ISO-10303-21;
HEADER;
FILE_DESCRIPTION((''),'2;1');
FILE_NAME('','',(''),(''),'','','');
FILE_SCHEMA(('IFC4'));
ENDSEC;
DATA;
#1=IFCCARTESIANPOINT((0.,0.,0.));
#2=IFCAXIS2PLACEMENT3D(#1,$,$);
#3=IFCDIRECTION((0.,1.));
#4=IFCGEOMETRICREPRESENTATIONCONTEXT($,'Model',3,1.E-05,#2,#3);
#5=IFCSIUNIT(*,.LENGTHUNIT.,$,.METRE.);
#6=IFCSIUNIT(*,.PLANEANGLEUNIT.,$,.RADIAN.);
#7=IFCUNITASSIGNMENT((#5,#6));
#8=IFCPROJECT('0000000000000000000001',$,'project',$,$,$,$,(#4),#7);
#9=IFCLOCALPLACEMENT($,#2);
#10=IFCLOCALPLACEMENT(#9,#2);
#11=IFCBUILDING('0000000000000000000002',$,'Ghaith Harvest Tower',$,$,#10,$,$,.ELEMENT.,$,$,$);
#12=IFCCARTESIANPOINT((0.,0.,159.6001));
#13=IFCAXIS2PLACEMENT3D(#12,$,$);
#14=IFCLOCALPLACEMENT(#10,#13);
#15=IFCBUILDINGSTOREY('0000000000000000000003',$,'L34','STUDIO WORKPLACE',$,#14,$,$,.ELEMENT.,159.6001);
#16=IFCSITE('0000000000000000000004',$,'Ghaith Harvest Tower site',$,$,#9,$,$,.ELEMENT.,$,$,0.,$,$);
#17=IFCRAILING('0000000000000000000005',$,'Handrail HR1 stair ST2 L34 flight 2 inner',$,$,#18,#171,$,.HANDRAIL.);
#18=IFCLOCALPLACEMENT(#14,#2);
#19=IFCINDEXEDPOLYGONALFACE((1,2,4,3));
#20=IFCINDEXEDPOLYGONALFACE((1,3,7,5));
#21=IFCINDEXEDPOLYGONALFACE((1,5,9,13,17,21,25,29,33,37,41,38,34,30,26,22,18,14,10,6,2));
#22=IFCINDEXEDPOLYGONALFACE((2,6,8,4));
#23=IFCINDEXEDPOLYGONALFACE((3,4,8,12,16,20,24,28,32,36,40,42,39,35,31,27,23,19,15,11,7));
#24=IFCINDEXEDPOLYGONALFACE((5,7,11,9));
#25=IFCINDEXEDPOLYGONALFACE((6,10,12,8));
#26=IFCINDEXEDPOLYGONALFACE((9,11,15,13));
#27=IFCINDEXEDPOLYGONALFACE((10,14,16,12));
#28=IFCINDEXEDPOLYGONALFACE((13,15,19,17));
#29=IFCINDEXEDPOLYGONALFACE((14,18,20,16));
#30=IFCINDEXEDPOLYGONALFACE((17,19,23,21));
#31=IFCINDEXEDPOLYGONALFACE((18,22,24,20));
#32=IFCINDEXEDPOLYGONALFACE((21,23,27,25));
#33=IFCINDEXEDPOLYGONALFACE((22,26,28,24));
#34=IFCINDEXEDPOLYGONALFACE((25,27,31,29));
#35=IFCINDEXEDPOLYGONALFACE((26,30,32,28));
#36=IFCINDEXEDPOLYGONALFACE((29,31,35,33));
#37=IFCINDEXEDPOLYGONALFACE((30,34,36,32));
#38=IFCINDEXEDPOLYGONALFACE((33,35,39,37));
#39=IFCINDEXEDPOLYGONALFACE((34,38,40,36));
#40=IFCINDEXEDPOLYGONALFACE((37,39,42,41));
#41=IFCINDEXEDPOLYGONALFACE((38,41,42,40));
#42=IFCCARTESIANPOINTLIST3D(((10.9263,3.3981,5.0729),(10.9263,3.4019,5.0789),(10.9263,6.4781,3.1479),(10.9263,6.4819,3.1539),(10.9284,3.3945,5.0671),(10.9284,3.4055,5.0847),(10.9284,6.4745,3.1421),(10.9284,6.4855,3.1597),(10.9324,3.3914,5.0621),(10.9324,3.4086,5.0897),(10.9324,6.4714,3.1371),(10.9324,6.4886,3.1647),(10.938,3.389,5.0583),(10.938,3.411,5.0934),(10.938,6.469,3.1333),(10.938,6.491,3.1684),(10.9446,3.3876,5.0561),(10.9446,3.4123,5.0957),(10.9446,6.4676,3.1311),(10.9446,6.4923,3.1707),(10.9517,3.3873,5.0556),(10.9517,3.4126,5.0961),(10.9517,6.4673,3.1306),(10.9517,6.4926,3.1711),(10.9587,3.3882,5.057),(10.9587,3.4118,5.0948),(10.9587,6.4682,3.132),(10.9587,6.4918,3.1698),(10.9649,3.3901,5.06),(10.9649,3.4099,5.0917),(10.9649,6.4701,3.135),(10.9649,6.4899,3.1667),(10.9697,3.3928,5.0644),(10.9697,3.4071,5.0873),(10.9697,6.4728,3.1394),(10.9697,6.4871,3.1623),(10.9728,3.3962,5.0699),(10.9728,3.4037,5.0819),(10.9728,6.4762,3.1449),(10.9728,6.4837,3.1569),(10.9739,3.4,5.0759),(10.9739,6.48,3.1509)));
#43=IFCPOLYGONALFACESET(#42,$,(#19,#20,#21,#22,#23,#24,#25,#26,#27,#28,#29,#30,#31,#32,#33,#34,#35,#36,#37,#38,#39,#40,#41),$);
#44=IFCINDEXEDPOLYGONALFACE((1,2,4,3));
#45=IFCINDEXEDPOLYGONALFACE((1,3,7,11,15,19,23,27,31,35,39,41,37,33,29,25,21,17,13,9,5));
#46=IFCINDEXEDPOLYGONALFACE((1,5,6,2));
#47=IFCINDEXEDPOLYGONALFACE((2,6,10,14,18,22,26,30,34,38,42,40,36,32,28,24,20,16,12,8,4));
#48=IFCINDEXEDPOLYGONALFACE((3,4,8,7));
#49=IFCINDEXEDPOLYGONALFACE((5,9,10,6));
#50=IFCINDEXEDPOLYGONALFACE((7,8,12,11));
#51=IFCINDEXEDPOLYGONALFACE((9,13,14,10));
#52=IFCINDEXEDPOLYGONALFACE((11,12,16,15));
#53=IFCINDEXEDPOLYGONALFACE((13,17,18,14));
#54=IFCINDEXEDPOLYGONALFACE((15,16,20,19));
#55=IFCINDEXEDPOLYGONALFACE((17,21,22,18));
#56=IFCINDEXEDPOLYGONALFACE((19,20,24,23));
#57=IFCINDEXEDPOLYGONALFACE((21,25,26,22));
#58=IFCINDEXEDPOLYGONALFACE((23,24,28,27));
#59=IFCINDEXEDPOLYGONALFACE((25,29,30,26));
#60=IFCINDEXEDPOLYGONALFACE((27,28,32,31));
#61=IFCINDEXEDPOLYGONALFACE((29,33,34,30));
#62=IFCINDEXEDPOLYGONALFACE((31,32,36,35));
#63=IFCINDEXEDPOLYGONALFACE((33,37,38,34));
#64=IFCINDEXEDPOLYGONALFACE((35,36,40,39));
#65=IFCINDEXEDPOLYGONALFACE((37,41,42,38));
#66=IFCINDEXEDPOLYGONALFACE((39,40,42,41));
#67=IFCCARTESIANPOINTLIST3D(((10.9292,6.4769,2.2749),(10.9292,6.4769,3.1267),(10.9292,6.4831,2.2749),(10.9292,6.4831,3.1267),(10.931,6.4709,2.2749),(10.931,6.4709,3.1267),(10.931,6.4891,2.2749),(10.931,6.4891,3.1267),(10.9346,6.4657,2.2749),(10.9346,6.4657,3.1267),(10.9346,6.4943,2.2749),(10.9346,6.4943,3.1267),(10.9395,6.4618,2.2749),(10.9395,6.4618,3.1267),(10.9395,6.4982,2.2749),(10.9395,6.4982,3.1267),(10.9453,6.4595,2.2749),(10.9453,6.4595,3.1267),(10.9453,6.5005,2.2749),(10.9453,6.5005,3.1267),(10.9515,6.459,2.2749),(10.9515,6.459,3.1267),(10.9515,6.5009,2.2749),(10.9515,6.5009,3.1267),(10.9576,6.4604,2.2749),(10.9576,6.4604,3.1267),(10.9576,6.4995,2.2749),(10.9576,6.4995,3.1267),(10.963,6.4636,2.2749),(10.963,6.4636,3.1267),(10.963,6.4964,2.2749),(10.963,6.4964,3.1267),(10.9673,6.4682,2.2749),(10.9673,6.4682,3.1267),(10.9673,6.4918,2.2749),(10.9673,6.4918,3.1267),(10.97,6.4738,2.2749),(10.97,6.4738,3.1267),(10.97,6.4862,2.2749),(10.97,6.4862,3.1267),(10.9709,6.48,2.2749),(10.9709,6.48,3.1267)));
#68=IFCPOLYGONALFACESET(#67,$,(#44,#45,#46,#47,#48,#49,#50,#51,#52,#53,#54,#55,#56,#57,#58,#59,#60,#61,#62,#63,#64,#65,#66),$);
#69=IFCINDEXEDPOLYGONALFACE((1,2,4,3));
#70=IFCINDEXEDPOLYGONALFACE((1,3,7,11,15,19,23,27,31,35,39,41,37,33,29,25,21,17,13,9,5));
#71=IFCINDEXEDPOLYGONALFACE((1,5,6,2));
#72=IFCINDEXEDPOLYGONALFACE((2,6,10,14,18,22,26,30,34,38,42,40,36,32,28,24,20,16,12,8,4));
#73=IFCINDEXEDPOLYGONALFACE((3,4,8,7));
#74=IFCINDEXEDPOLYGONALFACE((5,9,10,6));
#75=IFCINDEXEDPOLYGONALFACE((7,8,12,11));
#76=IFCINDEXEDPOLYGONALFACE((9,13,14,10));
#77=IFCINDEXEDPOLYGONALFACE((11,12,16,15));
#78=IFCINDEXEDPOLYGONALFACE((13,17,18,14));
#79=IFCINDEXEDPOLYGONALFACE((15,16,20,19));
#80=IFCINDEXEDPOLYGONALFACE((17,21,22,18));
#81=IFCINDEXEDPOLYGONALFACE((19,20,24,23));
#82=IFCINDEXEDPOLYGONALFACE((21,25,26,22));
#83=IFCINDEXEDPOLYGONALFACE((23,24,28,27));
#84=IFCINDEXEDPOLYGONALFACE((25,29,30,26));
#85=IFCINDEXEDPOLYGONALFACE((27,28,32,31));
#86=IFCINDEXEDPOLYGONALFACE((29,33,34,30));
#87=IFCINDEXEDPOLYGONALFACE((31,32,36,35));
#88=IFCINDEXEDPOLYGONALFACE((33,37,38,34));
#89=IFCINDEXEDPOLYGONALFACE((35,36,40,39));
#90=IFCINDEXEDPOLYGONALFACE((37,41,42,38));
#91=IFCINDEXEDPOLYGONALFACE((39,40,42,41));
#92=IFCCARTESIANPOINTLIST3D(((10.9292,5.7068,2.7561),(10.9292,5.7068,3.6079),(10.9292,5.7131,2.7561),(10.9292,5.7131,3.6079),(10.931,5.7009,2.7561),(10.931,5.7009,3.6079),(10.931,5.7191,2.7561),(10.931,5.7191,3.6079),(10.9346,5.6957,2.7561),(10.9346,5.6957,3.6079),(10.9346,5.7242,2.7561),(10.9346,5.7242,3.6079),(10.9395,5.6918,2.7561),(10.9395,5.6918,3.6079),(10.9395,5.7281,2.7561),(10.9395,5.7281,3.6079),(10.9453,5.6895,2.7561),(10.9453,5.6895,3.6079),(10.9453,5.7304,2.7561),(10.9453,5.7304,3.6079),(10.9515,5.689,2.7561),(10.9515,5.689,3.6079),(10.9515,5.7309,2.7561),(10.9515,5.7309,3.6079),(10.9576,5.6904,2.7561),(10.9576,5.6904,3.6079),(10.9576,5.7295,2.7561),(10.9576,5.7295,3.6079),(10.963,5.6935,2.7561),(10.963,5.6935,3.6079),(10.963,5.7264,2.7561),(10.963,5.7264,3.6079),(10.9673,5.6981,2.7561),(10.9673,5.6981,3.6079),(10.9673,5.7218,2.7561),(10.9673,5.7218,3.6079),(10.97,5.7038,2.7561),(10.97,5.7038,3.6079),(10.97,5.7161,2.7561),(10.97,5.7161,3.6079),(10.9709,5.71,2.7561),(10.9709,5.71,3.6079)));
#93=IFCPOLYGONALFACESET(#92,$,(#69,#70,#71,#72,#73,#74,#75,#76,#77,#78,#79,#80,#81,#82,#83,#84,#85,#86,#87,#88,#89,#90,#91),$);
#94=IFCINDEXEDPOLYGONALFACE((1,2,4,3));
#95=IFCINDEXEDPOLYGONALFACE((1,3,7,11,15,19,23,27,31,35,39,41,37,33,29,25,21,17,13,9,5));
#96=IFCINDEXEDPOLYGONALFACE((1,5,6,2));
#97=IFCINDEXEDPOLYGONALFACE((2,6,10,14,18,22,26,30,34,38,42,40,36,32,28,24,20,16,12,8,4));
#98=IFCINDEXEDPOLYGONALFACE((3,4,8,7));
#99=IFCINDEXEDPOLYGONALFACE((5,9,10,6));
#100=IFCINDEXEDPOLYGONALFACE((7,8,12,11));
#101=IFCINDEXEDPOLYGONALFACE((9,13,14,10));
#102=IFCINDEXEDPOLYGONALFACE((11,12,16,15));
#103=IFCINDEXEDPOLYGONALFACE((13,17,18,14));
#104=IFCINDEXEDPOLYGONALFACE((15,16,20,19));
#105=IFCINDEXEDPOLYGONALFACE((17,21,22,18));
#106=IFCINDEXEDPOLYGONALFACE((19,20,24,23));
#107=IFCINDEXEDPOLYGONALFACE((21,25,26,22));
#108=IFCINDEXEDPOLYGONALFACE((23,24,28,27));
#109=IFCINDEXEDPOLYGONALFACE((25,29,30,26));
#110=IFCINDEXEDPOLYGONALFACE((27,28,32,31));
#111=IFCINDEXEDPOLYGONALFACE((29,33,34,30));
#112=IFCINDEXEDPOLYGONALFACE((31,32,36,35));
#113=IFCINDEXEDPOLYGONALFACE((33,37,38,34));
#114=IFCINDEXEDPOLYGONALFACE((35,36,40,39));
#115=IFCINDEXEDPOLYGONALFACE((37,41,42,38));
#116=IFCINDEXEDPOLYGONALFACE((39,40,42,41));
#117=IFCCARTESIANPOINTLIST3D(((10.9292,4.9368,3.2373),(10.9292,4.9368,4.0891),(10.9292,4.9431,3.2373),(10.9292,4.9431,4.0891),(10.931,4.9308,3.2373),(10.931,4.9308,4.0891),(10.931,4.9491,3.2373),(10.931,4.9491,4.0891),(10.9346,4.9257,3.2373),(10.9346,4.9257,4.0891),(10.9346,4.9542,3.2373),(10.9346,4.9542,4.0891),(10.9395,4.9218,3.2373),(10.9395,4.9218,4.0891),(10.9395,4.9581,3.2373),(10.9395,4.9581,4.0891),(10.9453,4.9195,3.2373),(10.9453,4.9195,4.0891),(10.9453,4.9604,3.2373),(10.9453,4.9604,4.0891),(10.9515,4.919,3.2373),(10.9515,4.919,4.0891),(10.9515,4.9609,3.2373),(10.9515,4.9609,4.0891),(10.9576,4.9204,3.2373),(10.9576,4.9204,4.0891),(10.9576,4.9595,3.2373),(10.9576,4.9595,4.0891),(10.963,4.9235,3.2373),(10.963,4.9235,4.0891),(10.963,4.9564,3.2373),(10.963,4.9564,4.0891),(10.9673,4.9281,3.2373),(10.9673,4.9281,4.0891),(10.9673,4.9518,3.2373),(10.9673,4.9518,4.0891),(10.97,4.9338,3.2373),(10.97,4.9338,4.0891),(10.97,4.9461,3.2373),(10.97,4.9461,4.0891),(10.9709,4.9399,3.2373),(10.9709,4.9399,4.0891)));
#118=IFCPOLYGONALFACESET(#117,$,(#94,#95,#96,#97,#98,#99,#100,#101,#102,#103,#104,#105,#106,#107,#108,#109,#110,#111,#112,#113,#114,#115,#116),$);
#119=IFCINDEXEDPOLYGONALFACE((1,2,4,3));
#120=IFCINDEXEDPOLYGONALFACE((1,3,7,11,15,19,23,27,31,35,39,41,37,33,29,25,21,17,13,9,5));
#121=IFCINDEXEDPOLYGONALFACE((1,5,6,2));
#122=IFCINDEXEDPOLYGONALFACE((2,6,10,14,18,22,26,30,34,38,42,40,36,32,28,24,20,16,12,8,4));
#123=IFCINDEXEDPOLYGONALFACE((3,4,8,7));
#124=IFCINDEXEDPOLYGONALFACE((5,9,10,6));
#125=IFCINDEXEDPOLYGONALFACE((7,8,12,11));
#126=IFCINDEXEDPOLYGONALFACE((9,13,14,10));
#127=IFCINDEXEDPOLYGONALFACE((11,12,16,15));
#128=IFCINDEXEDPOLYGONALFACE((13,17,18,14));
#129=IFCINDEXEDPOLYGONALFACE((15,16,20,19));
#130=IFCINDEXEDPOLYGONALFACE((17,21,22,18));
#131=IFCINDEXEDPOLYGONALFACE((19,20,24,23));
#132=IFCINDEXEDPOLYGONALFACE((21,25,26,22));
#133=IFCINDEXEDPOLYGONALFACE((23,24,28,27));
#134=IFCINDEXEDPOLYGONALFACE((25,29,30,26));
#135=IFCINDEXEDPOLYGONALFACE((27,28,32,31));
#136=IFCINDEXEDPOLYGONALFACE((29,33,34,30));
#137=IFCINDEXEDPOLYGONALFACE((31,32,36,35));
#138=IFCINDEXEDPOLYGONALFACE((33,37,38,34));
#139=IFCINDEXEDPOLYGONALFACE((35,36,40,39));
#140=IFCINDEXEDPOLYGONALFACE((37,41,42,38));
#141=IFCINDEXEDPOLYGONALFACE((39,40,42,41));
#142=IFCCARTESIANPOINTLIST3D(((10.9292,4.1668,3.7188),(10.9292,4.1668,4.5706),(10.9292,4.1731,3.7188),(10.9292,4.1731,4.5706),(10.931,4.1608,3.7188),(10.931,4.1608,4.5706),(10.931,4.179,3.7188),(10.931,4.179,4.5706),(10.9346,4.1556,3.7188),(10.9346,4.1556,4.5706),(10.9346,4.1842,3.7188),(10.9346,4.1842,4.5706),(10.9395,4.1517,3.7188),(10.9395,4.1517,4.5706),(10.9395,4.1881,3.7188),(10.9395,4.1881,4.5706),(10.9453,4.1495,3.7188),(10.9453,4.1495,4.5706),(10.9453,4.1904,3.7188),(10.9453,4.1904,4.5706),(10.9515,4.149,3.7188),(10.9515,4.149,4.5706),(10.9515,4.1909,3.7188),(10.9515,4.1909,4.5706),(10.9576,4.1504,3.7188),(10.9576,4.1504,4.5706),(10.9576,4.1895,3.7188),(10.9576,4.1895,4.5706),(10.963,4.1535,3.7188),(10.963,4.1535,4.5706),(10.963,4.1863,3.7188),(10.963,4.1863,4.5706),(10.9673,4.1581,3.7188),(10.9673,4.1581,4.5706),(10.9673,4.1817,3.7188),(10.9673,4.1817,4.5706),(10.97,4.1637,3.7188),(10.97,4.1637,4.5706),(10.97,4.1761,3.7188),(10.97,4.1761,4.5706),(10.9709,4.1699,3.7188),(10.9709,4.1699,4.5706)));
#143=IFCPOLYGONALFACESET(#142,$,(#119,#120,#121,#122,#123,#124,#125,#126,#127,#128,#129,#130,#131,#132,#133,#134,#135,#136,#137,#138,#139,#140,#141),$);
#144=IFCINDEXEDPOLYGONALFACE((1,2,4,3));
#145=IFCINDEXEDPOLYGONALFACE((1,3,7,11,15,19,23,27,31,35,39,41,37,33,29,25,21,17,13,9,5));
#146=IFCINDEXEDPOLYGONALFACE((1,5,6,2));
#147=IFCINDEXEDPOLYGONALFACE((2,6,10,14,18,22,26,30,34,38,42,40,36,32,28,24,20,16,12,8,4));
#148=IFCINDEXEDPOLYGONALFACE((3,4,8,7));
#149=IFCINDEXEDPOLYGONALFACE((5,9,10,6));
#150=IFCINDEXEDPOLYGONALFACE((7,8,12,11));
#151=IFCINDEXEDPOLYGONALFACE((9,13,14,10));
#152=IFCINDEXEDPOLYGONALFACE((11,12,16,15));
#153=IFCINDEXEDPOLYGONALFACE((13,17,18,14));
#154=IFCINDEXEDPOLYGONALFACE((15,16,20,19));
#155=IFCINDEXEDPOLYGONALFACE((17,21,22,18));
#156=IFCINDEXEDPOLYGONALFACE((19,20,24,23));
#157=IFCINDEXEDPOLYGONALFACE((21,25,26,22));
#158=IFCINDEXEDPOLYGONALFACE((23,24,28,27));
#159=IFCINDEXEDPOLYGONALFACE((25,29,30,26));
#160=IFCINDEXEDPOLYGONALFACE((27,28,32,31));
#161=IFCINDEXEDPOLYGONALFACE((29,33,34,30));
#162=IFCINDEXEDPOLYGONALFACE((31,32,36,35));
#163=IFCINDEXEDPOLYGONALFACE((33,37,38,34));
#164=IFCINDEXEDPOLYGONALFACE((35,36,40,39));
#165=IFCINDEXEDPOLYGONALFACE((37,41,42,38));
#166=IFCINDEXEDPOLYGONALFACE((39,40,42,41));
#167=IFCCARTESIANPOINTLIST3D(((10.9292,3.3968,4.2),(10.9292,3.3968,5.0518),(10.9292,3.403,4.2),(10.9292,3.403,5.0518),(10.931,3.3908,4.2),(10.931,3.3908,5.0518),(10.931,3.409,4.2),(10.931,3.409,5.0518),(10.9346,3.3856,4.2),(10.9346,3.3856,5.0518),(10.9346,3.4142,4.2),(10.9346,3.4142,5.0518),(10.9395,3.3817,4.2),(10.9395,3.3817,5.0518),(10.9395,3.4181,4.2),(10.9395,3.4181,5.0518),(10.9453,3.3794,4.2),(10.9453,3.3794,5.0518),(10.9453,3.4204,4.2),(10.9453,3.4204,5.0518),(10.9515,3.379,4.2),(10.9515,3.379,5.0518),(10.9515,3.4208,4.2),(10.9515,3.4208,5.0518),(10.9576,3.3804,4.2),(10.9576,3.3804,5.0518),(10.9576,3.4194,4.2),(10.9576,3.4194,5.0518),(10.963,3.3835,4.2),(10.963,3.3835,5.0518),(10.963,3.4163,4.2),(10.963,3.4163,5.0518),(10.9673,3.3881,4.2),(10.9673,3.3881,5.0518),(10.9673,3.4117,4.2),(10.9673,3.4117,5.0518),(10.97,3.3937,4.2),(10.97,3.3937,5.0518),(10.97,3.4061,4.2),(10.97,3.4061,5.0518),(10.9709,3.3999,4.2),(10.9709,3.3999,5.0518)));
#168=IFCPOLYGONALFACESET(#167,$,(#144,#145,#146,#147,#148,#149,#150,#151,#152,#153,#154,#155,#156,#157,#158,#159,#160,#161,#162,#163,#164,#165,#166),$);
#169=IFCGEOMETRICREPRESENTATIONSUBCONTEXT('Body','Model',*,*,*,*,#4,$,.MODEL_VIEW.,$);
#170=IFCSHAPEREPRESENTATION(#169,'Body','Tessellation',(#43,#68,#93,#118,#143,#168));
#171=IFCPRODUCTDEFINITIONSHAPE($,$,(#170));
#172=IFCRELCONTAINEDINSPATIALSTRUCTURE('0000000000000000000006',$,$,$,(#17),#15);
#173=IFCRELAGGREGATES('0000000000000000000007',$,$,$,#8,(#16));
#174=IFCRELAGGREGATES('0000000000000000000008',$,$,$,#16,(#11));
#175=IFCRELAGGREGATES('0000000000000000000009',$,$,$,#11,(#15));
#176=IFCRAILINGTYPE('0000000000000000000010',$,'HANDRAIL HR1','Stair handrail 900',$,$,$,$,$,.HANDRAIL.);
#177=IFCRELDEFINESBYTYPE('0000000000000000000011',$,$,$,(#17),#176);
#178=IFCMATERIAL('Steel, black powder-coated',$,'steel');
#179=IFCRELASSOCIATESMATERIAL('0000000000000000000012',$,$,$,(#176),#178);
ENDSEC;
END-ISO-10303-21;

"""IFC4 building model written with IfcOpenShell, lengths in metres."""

from ifc_helpers import new_model, si_unit, direction, frame, origin, origin_2d, place, context, subcontext, project, spatial, circle, extrude, material, type_object, element, save


model = new_model("IFC4")

# Units and contexts
model_context = context("Model", 3, precision=1e-05, world=origin(), true_north=direction((0.0, 1.0)))
body_context = subcontext(model_context, "Body", "Model", "MODEL_VIEW")
ifc_project = project(units=[si_unit("LENGTHUNIT", "METRE"), si_unit("PLANEANGLEUNIT", "RADIAN")], contexts=[model_context])

# Site, building, storey
site_placement = place(None, origin())
site = spatial("IfcSite", under=ifc_project, at=site_placement, Name="Ghaith Harvest Tower site", CompositionType="ELEMENT", RefElevation=0.0)
building_placement = place(site_placement, origin())
building = spatial("IfcBuilding", under=site, at=building_placement, Name="Ghaith Harvest Tower", CompositionType="ELEMENT")
storey_placement = place(building_placement, frame((0.0, 0.0, 159.6001)))
storey = spatial("IfcBuildingStorey", under=building, at=storey_placement, Name="L34", Description="STUDIO WORKPLACE", CompositionType="ELEMENT", Elevation=159.6001)

# Railing
ifc_material_1 = material(Name="Steel, black powder-coated", Category="steel")
railing_type = type_object("IfcRailingType", Name="HANDRAIL HR1", Description="Stair handrail 900", PredefinedType="HANDRAIL", material=ifc_material_1)
railing_1_placement = place(storey_placement, frame((10.95, 6.48, 2.2749)))
element("IfcRailing", 1, at=railing_1_placement, inside=storey, type_object=railing_type, Name="Handrail HR1 stair ST2 L34 flight 2 inner", PredefinedType="HANDRAIL", context=body_context, shape_type="SweptSolid", body=[
    extrude(circle(Radius=0.0239, at=origin_2d()), frame((0.0, 0.0, 0.876), z_axis=(0.0, -0.847998, 0.529999), x_axis=(1.0, 0.0, 0.0)), (0.0, 0.0, 1.0), 3.6321),
    extrude(circle(Radius=0.021, at=origin_2d()), origin(), (0.0, 0.0, 1.0), 0.8518),
    extrude(circle(Radius=0.021, at=origin_2d()), frame((0.0, -0.77, 0.4812)), (0.0, 0.0, 1.0), 0.8518),
    extrude(circle(Radius=0.021, at=origin_2d()), frame((0.0, -1.54, 0.9624)), (0.0, 0.0, 1.0), 0.8518),
    extrude(circle(Radius=0.021, at=origin_2d()), frame((0.0, -2.3101, 1.4438)), (0.0, 0.0, 1.0), 0.8518),
    extrude(circle(Radius=0.021, at=origin_2d()), frame((0.0, -3.0801, 1.925)), (0.0, 0.0, 1.0), 0.8518),
])

save(model, "model.ifc")
